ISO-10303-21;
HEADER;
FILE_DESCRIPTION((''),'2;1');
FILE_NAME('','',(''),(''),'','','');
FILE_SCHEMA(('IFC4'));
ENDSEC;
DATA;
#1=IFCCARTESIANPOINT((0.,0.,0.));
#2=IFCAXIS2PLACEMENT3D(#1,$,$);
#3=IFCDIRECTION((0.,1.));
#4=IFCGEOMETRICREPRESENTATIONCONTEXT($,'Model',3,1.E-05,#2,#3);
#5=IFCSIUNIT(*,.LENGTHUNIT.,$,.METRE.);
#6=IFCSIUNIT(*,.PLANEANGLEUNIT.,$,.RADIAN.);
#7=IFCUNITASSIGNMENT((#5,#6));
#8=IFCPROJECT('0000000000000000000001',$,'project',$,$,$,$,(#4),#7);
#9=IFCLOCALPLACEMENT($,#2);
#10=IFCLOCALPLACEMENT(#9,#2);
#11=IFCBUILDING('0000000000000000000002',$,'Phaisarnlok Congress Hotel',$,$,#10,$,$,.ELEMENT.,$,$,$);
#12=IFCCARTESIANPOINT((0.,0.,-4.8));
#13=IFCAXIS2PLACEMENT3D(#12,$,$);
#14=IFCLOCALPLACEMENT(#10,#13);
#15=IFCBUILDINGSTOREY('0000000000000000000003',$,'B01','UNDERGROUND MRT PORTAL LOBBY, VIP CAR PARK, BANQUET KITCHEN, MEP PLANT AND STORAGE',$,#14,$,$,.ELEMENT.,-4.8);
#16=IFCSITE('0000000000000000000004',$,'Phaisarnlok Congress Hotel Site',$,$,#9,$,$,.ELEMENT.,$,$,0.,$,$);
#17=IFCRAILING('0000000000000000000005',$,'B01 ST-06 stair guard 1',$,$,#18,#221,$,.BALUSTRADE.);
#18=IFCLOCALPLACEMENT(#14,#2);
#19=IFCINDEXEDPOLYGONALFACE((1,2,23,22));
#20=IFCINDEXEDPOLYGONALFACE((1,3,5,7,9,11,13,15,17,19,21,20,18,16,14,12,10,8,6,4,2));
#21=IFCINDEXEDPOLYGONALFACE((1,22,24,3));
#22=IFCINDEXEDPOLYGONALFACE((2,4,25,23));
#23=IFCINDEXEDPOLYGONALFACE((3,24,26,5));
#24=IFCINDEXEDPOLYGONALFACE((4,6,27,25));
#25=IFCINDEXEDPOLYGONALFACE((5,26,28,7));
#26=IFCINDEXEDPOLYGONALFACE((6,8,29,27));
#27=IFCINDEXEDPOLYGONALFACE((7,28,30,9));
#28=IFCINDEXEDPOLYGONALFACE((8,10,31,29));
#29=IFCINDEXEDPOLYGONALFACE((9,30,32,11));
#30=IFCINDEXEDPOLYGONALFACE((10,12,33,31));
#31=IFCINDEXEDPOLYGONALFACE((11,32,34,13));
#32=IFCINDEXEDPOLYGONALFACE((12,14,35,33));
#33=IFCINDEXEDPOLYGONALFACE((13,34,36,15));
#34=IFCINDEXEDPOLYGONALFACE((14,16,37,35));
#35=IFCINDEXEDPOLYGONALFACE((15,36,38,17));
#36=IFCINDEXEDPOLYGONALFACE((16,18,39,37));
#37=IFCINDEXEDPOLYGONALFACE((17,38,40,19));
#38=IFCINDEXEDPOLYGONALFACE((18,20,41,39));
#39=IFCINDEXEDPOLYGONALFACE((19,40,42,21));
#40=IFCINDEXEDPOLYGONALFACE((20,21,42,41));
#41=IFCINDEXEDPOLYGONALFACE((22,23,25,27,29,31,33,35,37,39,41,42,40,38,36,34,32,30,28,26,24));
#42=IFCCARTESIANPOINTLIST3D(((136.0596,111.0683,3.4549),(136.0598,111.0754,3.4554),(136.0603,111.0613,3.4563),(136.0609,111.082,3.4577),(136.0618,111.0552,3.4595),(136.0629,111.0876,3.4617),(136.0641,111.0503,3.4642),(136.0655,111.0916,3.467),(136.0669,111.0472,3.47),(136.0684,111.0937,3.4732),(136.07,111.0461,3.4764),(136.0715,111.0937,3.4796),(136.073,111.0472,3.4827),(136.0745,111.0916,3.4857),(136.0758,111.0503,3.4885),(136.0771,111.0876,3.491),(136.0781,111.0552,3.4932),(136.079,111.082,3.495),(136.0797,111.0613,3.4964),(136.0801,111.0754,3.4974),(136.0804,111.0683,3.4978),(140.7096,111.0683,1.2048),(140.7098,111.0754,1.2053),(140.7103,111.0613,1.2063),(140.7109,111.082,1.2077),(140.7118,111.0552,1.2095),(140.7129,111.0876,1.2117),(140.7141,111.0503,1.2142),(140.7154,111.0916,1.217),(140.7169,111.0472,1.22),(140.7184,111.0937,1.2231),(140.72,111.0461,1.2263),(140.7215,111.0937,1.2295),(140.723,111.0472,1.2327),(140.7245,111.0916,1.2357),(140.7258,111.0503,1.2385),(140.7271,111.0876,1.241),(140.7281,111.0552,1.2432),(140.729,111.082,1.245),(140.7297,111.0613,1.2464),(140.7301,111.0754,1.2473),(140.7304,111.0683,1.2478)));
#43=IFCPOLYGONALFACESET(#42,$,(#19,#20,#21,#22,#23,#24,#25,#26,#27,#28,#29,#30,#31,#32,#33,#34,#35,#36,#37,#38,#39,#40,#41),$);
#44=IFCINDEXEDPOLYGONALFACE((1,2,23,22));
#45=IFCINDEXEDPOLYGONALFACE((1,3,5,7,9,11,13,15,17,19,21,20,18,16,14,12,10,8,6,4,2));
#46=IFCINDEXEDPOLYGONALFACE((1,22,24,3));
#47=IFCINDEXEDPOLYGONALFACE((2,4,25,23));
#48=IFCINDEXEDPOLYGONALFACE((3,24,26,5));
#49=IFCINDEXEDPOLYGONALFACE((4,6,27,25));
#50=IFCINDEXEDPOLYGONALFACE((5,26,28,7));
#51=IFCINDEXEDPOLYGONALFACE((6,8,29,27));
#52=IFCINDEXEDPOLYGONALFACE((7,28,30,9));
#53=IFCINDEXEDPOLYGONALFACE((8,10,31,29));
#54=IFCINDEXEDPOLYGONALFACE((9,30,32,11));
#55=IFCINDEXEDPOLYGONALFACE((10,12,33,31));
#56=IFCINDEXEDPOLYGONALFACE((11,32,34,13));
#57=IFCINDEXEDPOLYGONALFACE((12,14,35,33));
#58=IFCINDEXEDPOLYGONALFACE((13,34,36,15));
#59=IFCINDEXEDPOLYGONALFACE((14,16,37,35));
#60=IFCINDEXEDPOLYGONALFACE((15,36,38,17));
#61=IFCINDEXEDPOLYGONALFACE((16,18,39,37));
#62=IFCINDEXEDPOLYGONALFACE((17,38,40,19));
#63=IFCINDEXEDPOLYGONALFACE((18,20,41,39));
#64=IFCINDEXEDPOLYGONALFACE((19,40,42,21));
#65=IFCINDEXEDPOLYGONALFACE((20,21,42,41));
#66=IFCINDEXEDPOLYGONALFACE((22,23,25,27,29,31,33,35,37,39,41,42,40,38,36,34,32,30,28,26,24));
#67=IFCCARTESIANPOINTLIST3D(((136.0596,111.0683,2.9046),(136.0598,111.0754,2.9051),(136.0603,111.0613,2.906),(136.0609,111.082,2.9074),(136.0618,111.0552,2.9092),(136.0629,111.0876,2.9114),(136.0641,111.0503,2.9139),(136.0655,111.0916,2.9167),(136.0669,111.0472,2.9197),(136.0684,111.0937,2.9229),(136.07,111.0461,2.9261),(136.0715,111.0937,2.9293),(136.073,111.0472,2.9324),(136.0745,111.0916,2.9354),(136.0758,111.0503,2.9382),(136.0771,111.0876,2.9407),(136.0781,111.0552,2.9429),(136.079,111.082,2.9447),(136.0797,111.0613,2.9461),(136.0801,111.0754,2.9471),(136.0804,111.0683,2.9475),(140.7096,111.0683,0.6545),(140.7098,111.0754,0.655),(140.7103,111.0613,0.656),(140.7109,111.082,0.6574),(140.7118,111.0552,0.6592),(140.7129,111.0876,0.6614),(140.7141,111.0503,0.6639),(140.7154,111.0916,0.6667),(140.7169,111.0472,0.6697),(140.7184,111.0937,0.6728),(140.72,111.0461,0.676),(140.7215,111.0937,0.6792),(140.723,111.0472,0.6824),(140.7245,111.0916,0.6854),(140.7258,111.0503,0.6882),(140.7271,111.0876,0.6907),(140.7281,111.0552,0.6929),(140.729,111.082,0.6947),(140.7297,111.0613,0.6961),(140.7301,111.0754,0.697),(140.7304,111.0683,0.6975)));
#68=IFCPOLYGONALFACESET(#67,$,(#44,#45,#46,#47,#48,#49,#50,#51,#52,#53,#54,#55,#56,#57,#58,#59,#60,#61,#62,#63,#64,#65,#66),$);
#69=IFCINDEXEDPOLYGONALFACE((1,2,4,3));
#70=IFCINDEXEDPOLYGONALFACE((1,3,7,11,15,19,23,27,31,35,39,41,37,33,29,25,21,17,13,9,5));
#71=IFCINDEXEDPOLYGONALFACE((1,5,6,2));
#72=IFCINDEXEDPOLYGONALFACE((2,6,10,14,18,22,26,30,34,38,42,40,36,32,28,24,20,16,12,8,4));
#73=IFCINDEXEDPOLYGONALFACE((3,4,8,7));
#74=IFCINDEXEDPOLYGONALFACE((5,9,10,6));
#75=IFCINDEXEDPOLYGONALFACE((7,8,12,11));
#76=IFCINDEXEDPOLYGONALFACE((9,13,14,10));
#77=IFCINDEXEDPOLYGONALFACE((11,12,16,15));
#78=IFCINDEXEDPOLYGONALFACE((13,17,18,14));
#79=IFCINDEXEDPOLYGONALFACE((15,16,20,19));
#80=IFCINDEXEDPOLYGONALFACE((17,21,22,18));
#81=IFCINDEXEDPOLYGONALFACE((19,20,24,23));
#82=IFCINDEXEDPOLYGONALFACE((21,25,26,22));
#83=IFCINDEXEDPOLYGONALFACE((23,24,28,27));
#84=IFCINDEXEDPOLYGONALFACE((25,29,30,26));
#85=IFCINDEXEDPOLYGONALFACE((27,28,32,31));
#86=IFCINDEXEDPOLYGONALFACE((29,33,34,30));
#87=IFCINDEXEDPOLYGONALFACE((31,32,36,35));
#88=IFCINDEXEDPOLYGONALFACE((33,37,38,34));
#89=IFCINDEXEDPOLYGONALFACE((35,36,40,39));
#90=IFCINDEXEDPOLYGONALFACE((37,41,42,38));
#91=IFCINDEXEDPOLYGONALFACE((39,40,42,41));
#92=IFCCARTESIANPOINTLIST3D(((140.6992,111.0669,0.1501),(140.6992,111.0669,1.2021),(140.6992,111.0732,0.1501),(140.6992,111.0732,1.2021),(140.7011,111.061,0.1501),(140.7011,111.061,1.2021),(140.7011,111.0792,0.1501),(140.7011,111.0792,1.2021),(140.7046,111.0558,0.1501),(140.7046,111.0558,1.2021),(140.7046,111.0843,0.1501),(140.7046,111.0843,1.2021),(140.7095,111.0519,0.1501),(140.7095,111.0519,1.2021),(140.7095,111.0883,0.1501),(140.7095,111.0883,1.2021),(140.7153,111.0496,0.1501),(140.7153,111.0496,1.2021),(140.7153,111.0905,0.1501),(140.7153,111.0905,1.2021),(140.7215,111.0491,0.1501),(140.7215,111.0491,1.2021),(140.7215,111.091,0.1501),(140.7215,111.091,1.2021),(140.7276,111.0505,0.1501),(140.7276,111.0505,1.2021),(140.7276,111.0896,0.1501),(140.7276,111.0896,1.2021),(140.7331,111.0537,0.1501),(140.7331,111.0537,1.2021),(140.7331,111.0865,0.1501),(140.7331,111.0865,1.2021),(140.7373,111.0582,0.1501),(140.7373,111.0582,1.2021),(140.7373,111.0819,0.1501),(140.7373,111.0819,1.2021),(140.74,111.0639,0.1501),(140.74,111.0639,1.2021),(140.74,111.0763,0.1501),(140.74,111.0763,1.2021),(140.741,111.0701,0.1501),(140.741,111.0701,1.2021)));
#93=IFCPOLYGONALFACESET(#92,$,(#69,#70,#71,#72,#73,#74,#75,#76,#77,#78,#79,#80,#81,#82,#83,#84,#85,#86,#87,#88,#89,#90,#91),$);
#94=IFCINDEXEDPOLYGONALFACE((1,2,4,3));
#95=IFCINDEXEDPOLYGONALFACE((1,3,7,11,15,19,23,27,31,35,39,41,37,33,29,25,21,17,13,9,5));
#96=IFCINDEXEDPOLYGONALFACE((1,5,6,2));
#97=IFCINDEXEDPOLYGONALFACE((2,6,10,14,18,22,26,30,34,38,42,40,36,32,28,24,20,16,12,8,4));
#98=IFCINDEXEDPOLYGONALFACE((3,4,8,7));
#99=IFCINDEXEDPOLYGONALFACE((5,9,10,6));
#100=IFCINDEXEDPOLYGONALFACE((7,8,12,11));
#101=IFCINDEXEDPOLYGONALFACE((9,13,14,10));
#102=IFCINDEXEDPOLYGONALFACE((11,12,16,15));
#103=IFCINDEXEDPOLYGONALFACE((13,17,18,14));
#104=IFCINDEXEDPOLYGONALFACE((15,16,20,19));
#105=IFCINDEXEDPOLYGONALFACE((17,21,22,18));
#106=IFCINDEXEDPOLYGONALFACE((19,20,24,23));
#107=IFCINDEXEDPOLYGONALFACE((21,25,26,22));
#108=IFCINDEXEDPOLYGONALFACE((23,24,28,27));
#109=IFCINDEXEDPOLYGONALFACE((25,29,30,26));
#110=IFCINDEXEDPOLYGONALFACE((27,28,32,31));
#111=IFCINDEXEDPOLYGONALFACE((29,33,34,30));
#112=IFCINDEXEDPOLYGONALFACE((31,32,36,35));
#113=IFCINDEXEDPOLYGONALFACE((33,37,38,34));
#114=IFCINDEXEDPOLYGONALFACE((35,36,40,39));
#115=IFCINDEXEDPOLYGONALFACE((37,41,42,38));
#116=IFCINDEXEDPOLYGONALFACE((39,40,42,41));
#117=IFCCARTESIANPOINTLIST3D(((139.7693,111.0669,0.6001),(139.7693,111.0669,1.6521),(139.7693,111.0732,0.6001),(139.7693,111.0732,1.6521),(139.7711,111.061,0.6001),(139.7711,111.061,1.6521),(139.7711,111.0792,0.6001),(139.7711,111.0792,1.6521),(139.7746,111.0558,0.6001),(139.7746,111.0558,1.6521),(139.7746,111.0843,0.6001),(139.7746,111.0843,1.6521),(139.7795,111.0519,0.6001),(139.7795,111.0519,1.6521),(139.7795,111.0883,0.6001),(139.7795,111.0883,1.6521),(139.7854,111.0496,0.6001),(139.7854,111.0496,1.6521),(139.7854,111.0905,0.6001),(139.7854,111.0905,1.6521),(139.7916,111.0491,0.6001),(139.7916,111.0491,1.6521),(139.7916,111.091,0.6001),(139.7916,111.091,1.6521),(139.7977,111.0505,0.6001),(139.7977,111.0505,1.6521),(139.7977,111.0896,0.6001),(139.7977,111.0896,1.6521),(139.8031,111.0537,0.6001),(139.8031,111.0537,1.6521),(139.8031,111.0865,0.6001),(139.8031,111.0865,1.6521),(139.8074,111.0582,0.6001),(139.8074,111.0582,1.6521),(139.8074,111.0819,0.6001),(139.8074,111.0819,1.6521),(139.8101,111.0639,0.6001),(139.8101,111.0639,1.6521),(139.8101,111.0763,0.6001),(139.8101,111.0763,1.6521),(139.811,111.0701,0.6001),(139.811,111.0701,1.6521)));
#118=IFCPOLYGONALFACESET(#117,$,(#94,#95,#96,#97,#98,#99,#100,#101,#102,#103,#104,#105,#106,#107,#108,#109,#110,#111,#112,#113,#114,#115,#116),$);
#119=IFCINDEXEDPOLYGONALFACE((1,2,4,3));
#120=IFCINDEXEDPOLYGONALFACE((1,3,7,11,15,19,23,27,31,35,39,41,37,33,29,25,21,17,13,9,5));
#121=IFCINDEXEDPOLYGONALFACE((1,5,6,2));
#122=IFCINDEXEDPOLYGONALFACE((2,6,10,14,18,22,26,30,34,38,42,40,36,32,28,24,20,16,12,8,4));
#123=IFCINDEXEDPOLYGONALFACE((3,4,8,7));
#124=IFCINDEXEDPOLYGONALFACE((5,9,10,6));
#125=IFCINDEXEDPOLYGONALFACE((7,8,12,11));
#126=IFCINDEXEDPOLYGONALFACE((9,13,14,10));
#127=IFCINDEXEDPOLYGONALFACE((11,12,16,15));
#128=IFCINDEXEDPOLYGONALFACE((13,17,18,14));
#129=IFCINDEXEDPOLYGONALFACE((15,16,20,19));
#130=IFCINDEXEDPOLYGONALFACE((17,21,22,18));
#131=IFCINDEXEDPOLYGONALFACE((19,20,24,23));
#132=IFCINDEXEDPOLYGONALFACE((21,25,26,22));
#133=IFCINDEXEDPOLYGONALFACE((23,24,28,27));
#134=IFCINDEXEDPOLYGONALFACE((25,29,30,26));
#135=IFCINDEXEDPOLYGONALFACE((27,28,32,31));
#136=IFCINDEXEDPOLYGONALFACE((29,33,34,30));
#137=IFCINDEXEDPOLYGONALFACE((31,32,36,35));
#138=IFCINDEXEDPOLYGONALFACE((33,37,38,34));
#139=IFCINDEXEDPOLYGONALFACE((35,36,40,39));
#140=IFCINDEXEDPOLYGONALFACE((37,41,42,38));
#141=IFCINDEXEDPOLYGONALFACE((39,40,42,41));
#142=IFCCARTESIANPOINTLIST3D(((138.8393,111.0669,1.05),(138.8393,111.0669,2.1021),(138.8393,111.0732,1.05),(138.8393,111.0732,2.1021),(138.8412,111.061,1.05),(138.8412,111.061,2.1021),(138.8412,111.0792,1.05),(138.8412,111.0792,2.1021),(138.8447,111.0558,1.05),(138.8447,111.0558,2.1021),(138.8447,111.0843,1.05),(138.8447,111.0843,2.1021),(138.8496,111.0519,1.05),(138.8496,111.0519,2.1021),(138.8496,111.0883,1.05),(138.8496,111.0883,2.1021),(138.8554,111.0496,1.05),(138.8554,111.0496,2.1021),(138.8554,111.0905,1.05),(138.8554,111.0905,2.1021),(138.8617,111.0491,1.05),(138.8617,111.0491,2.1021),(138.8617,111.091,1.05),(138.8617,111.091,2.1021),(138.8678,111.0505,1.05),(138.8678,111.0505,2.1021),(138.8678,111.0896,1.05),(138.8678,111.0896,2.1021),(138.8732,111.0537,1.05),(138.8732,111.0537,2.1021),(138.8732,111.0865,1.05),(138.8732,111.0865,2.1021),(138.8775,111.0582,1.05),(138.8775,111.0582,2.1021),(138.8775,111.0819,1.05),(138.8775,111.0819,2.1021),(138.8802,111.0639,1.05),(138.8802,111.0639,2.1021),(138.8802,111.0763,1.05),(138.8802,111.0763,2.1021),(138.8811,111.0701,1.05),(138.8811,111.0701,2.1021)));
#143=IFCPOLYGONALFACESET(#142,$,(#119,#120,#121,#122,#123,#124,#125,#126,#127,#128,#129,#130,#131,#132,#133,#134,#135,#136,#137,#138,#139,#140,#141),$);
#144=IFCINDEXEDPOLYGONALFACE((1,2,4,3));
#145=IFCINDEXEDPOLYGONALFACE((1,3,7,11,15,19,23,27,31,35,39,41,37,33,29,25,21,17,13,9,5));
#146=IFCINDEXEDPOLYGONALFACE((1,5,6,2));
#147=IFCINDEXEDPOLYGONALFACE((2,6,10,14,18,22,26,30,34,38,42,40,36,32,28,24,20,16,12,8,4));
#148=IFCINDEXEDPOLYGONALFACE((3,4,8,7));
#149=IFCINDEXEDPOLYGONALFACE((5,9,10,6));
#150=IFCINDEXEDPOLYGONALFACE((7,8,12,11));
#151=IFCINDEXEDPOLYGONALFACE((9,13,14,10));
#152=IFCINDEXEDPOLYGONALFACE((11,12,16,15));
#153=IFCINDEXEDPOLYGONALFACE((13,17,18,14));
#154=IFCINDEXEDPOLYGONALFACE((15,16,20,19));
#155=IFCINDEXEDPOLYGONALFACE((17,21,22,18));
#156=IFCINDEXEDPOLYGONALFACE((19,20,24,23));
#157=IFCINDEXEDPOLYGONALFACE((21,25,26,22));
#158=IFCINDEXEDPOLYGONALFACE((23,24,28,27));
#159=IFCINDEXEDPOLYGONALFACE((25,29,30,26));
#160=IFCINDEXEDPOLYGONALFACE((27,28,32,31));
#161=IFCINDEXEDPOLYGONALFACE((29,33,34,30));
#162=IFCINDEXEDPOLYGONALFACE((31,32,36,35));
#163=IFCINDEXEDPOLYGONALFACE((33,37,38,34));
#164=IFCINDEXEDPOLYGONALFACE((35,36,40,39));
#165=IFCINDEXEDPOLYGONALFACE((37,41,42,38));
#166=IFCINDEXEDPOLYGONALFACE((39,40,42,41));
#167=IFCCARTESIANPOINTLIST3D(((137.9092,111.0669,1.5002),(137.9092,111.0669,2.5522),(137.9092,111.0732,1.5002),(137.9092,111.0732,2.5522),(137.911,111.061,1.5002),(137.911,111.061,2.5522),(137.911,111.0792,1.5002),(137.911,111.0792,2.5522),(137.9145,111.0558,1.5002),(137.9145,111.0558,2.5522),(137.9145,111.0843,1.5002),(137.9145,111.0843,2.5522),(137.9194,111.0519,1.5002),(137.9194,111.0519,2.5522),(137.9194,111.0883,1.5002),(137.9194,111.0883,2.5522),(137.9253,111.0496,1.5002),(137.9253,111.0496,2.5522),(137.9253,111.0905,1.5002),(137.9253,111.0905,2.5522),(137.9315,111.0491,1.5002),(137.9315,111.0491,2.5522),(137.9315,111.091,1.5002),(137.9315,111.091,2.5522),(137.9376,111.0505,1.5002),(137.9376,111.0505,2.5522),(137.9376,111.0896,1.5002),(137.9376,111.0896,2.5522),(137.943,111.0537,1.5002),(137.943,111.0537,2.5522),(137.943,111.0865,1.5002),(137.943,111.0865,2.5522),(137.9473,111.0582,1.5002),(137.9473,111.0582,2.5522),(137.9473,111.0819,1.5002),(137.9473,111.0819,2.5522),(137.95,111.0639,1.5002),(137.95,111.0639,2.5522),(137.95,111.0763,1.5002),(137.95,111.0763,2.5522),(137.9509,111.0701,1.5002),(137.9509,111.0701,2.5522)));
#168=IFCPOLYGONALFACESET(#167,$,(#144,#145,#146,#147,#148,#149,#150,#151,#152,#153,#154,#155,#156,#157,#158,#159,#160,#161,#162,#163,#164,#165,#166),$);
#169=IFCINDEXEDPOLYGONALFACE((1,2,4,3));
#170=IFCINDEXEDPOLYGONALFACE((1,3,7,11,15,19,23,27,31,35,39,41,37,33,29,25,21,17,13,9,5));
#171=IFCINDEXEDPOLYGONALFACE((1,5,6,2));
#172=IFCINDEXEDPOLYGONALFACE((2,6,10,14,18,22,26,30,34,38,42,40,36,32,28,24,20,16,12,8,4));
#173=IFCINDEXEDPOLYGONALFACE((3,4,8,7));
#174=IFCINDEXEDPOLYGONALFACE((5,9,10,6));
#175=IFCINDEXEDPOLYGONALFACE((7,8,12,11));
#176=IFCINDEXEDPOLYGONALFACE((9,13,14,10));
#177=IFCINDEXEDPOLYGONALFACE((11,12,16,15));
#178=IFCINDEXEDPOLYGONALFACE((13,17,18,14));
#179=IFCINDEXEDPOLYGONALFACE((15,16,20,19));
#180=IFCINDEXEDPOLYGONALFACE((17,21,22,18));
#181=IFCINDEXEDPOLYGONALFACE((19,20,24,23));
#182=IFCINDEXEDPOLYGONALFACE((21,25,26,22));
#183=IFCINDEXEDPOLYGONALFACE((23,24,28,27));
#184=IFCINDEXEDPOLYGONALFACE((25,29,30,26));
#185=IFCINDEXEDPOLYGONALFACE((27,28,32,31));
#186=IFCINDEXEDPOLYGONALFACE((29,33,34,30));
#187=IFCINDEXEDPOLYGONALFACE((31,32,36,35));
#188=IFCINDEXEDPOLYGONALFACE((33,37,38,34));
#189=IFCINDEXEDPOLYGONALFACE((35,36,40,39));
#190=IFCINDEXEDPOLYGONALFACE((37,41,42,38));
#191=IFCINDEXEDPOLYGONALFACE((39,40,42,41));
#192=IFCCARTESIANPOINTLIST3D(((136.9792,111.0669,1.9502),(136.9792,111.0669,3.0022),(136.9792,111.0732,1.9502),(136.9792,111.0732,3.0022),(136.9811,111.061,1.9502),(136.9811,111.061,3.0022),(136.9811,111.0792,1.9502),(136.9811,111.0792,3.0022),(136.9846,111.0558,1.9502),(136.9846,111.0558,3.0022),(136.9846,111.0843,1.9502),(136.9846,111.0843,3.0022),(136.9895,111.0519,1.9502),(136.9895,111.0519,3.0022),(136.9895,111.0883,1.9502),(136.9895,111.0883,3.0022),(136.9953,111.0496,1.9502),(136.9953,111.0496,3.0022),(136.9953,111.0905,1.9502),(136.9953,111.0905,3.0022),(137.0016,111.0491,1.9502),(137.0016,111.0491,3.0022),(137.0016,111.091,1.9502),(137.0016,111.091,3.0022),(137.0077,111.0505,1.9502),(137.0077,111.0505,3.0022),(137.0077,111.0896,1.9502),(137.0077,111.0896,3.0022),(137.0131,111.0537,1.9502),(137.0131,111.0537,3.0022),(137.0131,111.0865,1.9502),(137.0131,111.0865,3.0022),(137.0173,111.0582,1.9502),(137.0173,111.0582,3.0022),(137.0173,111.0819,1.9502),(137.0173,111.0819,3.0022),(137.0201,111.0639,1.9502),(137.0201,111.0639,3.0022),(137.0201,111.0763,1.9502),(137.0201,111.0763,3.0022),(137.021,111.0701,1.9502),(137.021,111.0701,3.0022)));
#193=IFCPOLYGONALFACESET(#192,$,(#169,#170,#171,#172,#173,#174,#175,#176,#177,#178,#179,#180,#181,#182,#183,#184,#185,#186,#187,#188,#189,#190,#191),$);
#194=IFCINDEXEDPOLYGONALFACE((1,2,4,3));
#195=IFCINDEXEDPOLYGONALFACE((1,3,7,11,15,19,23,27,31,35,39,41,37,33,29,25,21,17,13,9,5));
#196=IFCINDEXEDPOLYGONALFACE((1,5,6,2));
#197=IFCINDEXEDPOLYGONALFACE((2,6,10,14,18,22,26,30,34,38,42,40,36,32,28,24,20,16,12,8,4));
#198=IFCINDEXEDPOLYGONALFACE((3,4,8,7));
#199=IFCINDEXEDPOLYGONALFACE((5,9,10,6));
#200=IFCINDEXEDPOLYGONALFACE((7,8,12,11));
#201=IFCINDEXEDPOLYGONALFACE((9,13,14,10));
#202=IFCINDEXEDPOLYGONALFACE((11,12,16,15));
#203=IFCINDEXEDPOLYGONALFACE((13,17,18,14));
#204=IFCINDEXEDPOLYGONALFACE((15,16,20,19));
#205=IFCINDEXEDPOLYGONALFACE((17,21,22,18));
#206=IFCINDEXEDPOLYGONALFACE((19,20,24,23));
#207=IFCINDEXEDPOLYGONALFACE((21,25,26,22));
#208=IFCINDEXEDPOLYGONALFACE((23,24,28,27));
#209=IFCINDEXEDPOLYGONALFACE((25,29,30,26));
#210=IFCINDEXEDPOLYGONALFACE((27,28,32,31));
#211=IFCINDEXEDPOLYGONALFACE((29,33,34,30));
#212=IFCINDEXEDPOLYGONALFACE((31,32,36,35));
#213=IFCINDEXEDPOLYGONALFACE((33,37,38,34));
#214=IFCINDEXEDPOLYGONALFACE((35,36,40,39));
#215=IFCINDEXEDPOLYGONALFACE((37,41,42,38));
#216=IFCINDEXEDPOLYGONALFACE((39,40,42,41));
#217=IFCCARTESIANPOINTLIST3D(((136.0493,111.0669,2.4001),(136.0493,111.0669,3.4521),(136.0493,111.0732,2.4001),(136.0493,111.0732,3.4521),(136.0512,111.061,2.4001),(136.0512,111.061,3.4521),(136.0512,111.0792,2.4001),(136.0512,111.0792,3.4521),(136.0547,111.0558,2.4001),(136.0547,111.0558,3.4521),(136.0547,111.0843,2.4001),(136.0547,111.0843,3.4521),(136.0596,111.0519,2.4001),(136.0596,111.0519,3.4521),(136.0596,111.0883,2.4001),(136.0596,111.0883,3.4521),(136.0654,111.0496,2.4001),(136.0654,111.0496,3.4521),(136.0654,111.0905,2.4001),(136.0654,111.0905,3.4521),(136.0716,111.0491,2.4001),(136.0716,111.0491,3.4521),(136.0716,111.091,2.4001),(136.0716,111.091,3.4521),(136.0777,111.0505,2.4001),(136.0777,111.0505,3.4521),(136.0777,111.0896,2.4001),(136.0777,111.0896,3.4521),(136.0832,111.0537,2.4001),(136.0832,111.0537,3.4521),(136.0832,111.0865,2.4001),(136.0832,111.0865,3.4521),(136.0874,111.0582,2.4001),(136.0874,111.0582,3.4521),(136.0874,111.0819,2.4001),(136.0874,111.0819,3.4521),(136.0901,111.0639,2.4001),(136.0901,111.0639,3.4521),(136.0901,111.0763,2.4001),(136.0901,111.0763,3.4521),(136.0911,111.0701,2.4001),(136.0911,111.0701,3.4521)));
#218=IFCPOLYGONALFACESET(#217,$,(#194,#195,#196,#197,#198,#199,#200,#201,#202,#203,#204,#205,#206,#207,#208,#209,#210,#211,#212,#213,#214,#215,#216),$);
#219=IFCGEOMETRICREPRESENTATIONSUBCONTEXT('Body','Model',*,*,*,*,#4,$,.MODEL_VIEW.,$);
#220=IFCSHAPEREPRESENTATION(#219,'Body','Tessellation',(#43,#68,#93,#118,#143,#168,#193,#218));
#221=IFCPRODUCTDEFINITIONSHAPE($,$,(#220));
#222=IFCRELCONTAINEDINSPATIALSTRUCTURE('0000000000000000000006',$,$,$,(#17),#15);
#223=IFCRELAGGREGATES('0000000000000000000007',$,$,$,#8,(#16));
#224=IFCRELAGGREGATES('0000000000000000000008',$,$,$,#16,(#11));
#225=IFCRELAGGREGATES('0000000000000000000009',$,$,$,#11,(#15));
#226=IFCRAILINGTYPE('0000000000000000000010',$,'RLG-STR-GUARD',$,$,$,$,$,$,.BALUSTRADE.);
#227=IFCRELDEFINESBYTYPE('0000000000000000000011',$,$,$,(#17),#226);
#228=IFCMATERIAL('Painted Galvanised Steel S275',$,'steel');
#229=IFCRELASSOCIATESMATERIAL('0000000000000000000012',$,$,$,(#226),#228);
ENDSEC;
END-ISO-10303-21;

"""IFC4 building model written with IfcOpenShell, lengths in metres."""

from ifc_helpers import new_model, si_unit, direction, frame, origin, origin_2d, place, context, subcontext, project, spatial, circle, extrude, material, type_object, element, save


model = new_model("IFC4")

# Units and contexts
model_context = context("Model", 3, precision=1e-05, world=origin(), true_north=direction((0.0, 1.0)))
body_context = subcontext(model_context, "Body", "Model", "MODEL_VIEW")
ifc_project = project(units=[si_unit("LENGTHUNIT", "METRE"), si_unit("PLANEANGLEUNIT", "RADIAN")], contexts=[model_context])

# Site, building, storey
site_placement = place(None, origin())
site = spatial("IfcSite", under=ifc_project, at=site_placement, Name="Phaisarnlok Congress Hotel Site", CompositionType="ELEMENT", RefElevation=0.0)
building_placement = place(site_placement, origin())
building = spatial("IfcBuilding", under=site, at=building_placement, Name="Phaisarnlok Congress Hotel", CompositionType="ELEMENT")
storey_placement = place(building_placement, frame((0.0, 0.0, -4.8)))
storey = spatial("IfcBuildingStorey", under=building, at=storey_placement, Name="B01", Description="UNDERGROUND MRT PORTAL LOBBY, VIP CAR PARK, BANQUET KITCHEN, MEP PLANT AND STORAGE", CompositionType="ELEMENT", Elevation=-4.8)

# Railing
ifc_material_1 = material(Name="Painted Galvanised Steel S275", Category="steel")
railing_type_1 = type_object("IfcRailingType", Name="RLG-STR-GUARD", PredefinedType="BALUSTRADE", material=ifc_material_1)
railing_1_placement = place(storey_placement, frame((140.72, 111.0701, 0.1501)))
element("IfcRailing", 1, at=railing_1_placement, inside=storey, type_object=railing_type_1, Name="B01 ST-06 stair guard 1", PredefinedType="BALUSTRADE", context=body_context, shape_type="SweptSolid", body=[
    extrude(circle(Radius=0.0239, at=origin_2d()), frame((0.0, 0.0, 1.0762), z_axis=(-0.900156, 0.0, 0.435568), x_axis=(0.0, -1.0, 0.0)), (0.0, 0.0, 1.0), 5.1658),
    extrude(circle(Radius=0.0239, at=origin_2d()), frame((0.0, 0.0, 0.5259), z_axis=(-0.900156, 0.0, 0.435568), x_axis=(0.0, -1.0, 0.0)), (0.0, 0.0, 1.0), 5.1658),
    extrude(circle(Radius=0.021, at=origin_2d()), origin(), (0.0, 0.0, 1.0), 1.052),
    extrude(circle(Radius=0.021, at=origin_2d()), frame((-0.9299, 0.0, 0.45)), (0.0, 0.0, 1.0), 1.052),
    extrude(circle(Radius=0.021, at=origin_2d()), frame((-1.8599, 0.0, 0.8999)), (0.0, 0.0, 1.0), 1.052),
    extrude(circle(Radius=0.021, at=origin_2d()), frame((-2.79, 0.0, 1.3501)), (0.0, 0.0, 1.0), 1.052),
    extrude(circle(Radius=0.021, at=origin_2d()), frame((-3.72, 0.0, 1.8)), (0.0, 0.0, 1.0), 1.052),
    extrude(circle(Radius=0.021, at=origin_2d()), frame((-4.6499, 0.0, 2.25)), (0.0, 0.0, 1.0), 1.052),
])

save(model, "model.ifc")
